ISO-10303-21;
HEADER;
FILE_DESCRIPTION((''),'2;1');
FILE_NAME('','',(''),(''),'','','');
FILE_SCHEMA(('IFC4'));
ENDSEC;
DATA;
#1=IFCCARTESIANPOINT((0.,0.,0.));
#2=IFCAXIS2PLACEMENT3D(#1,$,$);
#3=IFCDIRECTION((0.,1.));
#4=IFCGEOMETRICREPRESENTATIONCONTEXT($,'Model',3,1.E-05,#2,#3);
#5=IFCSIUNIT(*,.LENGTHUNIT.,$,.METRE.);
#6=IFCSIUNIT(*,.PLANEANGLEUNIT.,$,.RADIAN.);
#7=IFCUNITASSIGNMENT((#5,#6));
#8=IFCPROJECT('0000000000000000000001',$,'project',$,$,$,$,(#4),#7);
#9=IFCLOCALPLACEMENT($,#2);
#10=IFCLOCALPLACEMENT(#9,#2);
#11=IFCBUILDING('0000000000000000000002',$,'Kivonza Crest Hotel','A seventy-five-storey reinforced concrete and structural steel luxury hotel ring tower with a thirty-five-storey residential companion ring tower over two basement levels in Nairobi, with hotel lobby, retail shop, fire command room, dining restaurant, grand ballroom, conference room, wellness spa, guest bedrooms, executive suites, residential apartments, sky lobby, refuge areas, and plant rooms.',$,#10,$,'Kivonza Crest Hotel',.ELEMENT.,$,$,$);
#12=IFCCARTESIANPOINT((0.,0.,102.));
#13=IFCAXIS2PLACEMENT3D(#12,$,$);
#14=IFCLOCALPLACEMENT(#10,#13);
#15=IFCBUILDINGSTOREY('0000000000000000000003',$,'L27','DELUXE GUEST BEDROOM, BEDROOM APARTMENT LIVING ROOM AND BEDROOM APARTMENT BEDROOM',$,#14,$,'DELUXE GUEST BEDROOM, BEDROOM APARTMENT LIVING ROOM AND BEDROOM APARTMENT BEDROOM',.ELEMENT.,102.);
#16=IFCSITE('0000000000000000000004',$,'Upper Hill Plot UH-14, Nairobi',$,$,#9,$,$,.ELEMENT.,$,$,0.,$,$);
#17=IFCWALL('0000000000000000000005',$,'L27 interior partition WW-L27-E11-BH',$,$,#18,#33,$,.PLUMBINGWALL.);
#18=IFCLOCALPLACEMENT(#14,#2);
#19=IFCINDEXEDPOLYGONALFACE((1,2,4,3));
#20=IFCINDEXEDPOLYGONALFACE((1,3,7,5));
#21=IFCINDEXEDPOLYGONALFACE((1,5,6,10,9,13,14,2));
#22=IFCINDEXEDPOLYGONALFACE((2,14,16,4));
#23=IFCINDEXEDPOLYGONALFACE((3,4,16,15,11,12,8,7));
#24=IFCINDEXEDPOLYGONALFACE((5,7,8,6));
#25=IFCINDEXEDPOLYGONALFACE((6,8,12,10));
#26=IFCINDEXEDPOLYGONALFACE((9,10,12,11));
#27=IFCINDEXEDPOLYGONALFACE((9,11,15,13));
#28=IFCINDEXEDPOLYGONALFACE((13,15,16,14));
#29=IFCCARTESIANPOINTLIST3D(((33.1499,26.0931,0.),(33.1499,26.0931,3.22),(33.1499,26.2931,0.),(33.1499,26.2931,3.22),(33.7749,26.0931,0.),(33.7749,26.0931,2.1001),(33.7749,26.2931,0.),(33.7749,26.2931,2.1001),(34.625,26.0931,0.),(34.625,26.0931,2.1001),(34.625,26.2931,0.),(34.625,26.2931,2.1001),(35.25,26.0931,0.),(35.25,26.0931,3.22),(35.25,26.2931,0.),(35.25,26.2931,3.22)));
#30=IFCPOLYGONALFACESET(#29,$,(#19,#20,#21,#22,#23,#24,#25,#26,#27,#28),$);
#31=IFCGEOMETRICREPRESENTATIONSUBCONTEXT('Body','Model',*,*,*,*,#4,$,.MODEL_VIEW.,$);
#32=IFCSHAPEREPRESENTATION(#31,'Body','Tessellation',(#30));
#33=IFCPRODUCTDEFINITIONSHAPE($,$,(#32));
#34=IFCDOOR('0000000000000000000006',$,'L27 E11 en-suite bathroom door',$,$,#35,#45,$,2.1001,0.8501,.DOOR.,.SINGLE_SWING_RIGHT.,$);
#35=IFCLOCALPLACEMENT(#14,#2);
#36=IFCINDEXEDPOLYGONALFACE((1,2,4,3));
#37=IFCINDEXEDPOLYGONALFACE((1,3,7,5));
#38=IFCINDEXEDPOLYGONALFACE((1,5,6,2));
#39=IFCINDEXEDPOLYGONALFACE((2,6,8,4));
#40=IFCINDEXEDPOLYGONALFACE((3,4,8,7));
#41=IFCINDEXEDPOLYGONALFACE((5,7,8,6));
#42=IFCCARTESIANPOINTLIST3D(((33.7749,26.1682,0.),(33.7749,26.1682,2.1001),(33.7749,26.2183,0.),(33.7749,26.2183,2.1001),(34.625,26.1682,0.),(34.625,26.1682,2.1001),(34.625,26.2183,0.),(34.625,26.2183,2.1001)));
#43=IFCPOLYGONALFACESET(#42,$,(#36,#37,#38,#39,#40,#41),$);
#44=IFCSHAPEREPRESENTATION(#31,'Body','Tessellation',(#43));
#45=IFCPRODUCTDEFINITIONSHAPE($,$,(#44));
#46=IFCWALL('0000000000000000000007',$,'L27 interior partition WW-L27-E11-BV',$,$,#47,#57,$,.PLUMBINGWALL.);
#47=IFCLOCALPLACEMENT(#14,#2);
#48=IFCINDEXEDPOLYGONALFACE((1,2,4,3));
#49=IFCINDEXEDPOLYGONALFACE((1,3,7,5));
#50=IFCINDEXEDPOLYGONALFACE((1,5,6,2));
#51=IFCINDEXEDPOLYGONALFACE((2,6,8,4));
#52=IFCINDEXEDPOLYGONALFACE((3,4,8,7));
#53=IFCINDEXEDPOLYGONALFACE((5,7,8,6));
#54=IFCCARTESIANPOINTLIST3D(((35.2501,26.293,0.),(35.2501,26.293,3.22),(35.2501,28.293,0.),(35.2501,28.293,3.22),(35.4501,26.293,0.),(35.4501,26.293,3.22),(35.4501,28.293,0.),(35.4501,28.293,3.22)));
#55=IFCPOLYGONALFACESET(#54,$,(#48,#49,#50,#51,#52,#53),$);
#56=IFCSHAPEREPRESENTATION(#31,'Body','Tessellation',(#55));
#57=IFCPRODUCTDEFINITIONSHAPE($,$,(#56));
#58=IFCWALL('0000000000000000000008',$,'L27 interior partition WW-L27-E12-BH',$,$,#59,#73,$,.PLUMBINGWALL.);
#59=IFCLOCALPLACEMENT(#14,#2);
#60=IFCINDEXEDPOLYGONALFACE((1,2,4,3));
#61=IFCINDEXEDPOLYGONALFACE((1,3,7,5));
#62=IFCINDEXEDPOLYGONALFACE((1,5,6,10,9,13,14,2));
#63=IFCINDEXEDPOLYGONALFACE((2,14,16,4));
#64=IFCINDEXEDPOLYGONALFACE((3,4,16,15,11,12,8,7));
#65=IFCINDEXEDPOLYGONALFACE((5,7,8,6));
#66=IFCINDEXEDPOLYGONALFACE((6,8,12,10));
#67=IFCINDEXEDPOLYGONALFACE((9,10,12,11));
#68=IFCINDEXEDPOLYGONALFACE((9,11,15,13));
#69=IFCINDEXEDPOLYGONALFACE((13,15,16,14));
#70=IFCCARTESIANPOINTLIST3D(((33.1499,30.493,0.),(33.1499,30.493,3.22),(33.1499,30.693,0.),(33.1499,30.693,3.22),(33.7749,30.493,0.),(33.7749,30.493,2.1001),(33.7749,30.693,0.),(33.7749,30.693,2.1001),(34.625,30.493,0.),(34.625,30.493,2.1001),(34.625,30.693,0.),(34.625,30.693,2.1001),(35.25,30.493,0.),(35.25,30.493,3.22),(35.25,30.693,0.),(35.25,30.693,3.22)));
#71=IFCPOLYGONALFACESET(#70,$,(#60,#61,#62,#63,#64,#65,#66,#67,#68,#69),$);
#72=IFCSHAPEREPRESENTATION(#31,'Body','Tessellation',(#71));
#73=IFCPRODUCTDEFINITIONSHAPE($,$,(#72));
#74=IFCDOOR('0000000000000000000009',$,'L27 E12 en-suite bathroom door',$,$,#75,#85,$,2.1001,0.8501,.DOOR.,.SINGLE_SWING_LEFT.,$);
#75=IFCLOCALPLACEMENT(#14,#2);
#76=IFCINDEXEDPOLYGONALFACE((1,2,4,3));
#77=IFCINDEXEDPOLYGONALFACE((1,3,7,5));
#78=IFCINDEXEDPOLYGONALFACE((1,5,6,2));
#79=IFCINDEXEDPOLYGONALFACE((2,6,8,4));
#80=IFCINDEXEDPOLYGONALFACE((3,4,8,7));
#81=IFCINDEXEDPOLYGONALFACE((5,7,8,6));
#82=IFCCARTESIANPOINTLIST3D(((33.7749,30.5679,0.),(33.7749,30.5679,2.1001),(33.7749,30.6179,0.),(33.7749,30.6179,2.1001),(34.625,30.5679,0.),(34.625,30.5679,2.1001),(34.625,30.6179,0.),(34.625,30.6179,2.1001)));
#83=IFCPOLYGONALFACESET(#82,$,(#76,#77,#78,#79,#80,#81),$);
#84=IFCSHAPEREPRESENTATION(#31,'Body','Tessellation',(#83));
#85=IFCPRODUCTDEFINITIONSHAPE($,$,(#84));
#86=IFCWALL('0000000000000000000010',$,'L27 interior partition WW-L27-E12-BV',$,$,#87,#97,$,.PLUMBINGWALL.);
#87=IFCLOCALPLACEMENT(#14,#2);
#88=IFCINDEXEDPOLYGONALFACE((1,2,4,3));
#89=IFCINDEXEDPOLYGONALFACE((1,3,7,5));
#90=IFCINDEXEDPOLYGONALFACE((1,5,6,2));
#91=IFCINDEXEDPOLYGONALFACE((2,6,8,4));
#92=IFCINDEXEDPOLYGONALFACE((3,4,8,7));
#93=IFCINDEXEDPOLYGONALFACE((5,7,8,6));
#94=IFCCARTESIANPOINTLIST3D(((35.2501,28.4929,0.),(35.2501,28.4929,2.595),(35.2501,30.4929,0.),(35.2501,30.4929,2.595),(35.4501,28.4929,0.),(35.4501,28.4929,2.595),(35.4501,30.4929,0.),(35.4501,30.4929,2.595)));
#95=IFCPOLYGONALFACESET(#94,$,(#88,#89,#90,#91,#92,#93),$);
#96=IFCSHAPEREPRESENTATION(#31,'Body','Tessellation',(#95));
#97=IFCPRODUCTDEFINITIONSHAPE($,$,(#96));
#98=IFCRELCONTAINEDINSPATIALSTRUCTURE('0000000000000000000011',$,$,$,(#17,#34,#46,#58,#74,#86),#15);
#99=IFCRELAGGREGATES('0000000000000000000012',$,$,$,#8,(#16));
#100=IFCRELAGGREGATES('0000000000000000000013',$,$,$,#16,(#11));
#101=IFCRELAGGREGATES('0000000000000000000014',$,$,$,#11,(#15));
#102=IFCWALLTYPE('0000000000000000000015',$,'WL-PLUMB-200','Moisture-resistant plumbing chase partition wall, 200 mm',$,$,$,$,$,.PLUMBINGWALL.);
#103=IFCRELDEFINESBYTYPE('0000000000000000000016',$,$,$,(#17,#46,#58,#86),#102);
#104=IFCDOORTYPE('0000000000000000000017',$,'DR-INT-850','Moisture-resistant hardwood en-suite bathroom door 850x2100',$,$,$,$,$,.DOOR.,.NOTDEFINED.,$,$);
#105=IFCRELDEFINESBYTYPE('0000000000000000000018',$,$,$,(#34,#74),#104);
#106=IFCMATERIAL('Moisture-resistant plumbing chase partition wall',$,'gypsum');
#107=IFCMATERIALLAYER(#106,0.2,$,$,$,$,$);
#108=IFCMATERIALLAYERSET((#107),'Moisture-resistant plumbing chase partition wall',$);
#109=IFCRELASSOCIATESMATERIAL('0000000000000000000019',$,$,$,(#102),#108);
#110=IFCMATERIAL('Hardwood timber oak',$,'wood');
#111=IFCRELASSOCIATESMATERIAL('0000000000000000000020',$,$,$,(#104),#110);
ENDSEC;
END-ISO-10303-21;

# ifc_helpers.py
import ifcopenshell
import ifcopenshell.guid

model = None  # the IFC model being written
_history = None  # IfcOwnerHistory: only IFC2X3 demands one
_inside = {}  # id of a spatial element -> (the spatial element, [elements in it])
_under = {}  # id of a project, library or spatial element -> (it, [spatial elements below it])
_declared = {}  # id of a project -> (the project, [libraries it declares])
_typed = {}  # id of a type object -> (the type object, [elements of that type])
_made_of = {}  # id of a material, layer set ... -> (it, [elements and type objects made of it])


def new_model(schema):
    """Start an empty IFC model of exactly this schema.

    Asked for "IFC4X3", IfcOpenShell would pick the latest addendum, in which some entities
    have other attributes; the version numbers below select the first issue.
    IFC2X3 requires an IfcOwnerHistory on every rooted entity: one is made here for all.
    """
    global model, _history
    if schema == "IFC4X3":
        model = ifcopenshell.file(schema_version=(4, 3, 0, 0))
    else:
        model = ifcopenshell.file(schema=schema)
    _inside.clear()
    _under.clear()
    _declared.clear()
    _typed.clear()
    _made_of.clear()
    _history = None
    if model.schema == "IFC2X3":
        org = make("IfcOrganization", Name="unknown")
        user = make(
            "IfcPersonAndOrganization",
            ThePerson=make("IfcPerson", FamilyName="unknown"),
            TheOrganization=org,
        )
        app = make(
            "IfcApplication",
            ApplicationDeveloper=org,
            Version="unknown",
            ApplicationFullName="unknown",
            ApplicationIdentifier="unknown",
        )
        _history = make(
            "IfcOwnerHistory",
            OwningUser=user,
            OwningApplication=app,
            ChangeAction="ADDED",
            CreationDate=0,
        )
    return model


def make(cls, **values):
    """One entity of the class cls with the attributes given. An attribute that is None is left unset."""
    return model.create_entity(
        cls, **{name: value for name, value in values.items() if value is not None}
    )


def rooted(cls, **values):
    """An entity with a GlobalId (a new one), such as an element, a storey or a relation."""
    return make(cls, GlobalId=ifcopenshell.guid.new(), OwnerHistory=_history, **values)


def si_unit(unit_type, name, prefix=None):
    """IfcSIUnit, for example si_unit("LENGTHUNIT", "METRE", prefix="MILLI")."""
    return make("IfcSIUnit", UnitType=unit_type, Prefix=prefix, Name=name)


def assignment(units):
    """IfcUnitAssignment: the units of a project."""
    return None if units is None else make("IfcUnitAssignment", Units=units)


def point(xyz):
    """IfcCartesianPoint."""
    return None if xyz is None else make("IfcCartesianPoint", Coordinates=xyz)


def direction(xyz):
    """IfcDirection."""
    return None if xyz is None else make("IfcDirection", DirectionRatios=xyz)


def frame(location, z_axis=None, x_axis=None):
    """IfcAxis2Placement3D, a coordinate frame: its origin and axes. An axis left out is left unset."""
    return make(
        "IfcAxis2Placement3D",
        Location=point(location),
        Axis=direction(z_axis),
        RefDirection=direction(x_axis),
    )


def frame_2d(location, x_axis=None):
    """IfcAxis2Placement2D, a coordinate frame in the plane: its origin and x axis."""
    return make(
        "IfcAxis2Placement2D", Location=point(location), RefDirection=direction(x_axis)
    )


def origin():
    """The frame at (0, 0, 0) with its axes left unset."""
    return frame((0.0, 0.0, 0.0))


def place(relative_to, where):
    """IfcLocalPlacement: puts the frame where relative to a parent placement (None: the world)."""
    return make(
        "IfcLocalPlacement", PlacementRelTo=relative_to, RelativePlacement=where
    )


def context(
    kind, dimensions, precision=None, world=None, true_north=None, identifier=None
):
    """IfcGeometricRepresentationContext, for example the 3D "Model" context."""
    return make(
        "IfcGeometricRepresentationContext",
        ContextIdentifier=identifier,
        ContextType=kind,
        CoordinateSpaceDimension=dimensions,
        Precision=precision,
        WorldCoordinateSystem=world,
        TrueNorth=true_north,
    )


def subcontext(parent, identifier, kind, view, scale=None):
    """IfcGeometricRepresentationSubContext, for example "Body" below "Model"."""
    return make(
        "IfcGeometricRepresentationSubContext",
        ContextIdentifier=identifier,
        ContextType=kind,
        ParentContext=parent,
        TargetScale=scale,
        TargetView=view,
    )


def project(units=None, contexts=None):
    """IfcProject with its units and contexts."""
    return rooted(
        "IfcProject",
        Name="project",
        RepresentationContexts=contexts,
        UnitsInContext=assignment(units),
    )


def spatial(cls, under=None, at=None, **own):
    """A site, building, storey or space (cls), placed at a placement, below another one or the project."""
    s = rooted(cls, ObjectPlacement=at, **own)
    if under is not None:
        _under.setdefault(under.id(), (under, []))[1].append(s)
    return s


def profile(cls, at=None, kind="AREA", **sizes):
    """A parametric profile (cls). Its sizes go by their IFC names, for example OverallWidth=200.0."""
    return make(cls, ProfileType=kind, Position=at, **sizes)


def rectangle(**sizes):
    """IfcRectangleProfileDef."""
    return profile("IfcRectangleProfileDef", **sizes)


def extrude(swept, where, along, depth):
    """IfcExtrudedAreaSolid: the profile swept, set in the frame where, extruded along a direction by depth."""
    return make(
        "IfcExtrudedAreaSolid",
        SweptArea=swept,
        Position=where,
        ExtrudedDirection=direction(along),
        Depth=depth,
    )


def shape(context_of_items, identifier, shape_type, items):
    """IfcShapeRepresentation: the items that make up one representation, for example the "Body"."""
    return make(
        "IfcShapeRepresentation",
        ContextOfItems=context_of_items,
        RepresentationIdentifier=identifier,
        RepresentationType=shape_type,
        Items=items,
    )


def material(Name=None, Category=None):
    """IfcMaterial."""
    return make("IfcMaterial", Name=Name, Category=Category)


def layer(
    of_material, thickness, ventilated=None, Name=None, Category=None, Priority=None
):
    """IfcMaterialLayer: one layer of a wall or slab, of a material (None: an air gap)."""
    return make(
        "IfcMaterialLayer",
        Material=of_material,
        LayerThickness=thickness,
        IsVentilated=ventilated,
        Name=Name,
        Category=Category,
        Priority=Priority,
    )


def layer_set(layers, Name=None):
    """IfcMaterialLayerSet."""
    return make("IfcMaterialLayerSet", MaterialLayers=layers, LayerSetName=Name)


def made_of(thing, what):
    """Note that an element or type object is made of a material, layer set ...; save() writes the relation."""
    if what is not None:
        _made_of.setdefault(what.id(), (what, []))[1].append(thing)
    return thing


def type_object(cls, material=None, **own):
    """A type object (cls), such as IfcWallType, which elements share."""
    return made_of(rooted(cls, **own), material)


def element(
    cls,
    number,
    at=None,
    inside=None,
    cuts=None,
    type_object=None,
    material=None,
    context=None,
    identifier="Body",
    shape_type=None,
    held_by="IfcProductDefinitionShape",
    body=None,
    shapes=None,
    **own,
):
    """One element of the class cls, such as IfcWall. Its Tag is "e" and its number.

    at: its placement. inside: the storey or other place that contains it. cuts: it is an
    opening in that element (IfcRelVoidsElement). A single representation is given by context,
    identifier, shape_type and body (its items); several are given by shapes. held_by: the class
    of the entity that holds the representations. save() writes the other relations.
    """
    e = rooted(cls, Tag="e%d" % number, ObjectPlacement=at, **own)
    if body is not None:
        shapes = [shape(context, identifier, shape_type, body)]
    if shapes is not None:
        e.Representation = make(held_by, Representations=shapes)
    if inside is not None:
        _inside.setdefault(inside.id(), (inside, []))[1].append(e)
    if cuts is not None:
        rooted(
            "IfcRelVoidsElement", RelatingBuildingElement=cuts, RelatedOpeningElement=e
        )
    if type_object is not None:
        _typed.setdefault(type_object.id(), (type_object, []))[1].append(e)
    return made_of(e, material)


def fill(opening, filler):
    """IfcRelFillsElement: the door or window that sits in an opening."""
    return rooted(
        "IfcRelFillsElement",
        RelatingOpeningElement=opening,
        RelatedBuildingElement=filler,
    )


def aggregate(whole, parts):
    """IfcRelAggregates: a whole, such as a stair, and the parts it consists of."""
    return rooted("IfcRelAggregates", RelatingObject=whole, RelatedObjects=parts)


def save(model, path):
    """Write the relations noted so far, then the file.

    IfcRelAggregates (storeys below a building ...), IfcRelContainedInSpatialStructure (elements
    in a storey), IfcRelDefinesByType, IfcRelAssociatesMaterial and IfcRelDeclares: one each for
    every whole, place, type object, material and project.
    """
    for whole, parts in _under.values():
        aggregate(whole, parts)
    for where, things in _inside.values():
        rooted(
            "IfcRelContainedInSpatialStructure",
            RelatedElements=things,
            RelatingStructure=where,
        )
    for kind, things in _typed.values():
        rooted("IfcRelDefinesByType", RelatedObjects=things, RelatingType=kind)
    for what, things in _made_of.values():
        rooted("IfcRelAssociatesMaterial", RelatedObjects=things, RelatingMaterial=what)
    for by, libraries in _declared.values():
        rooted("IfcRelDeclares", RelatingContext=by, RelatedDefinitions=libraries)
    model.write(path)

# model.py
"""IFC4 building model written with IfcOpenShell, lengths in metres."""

from ifc_helpers import new_model, si_unit, direction, frame, frame_2d, origin, place, context, subcontext, project, spatial, rectangle, extrude, material, layer, layer_set, type_object, element, fill, save


model = new_model("IFC4")

# Units and contexts
model_context = context("Model", 3, precision=1e-05, world=origin(), true_north=direction((0.0, 1.0)))
body_context = subcontext(model_context, "Body", "Model", "MODEL_VIEW")
ifc_project = project(units=[si_unit("LENGTHUNIT", "METRE"), si_unit("PLANEANGLEUNIT", "RADIAN")], contexts=[model_context])

# Site, building, storey
site_placement = place(None, origin())
site = spatial("IfcSite", under=ifc_project, at=site_placement, Name="Upper Hill Plot UH-14, Nairobi", CompositionType="ELEMENT", RefElevation=0.0)
building_placement = place(site_placement, origin())
building = spatial("IfcBuilding", under=site, at=building_placement, Name="Kivonza Crest Hotel", Description="A seventy-five-storey reinforced concrete and structural steel luxury hotel ring tower with a thirty-five-storey residential companion ring tower over two basement levels in Nairobi, with hotel lobby, retail shop, fire command room, dining restaurant, grand ballroom, conference room, wellness spa, guest bedrooms, executive suites, residential apartments, sky lobby, refuge areas, and plant rooms.", LongName="Kivonza Crest Hotel", CompositionType="ELEMENT")
storey_placement = place(building_placement, frame((0.0, 0.0, 102.0)))
storey = spatial("IfcBuildingStorey", under=building, at=storey_placement, Name="L27", Description="DELUXE GUEST BEDROOM, BEDROOM APARTMENT LIVING ROOM AND BEDROOM APARTMENT BEDROOM", LongName="DELUXE GUEST BEDROOM, BEDROOM APARTMENT LIVING ROOM AND BEDROOM APARTMENT BEDROOM", CompositionType="ELEMENT", Elevation=102.0)

# Shared definitions
ifc_material_1 = material(Name="Hardwood timber oak", Category="wood")

# Wall, opening, door
ifc_material_2 = material(Name="Moisture-resistant plumbing chase partition wall", Category="gypsum")
ifc_layer_1 = layer(ifc_material_2, 0.2)
ifc_layer_set_1 = layer_set([ifc_layer_1], Name="Moisture-resistant plumbing chase partition wall")
wall_type_1 = type_object("IfcWallType", Name="WL-PLUMB-200", Description="Moisture-resistant plumbing chase partition wall, 200 mm", PredefinedType="PLUMBINGWALL", material=ifc_layer_set_1)
wall_1_placement = place(storey_placement, frame((33.1499, 26.1931, 0.0), z_axis=(0.0, 0.0, 1.0), x_axis=(1.0, 0.0, 0.0)))
wall_1 = element("IfcWall", 1, at=wall_1_placement, inside=storey, type_object=wall_type_1, Name="L27 interior partition WW-L27-E11-BH", PredefinedType="PLUMBINGWALL", context=body_context, shape_type="SweptSolid", body=[
    extrude(rectangle(XDim=2.1001, YDim=0.2, at=frame_2d((1.05, 0.0))), origin(), (0.0, 0.0, 1.0), 3.22),
])
opening_1_placement = place(wall_1_placement, frame((0.625, 0.0, 0.0)))
opening_1 = element("IfcOpeningElement", 2, at=opening_1_placement, cuts=wall_1, PredefinedType="OPENING", context=body_context, shape_type="SweptSolid", body=[
    extrude(rectangle(XDim=0.8501, YDim=2.1001, at=frame_2d((0.425, 1.05))), frame((0.0, 0.1099, 0.0), z_axis=(0.0, -1.0, 0.0), x_axis=(1.0, 0.0, 0.0)), (0.0, 0.0, 1.0), 0.22),
])
door_type_1 = type_object("IfcDoorType", Name="DR-INT-850", Description="Moisture-resistant hardwood en-suite bathroom door 850x2100", OperationType="NOTDEFINED", PredefinedType="DOOR", material=ifc_material_1)
door_1_placement = place(opening_1_placement, frame((0.8501, 0.0, 0.0), z_axis=(0.0, 0.0, 1.0), x_axis=(-1.0, 0.0, 0.0)))
door_1 = element("IfcDoor", 3, at=door_1_placement, inside=storey, type_object=door_type_1, Name="L27 E11 en-suite bathroom door", OperationType="SINGLE_SWING_RIGHT", OverallHeight=2.1001, OverallWidth=0.8501, PredefinedType="DOOR", context=body_context, shape_type="SweptSolid", body=[
    extrude(rectangle(XDim=0.8501, YDim=2.1001, at=frame_2d((0.425, 1.05))), frame((0.0, 0.0249, 0.0), z_axis=(0.0, -1.0, 0.0), x_axis=(1.0, 0.0, 0.0)), (0.0, 0.0, 1.0), 0.05),
])
fill(opening_1, door_1)

# Wall
wall_2_placement = place(storey_placement, frame((35.3501, 26.293, 0.0), z_axis=(0.0, 0.0, 1.0), x_axis=(0.0, 1.0, 0.0)))
element("IfcWall", 4, at=wall_2_placement, inside=storey, type_object=wall_type_1, Name="L27 interior partition WW-L27-E11-BV", PredefinedType="PLUMBINGWALL", context=body_context, shape_type="SweptSolid", body=[
    extrude(rectangle(XDim=2.0, YDim=0.2, at=frame_2d((1.0, 0.0))), origin(), (0.0, 0.0, 1.0), 3.22),
])

# Wall, opening, door
wall_3_placement = place(storey_placement, frame((33.1499, 30.593, 0.0), z_axis=(0.0, 0.0, 1.0), x_axis=(1.0, 0.0, 0.0)))
wall_3 = element("IfcWall", 5, at=wall_3_placement, inside=storey, type_object=wall_type_1, Name="L27 interior partition WW-L27-E12-BH", PredefinedType="PLUMBINGWALL", context=body_context, shape_type="SweptSolid", body=[
    extrude(rectangle(XDim=2.1001, YDim=0.2, at=frame_2d((1.05, 0.0))), origin(), (0.0, 0.0, 1.0), 3.22),
])
opening_2_placement = place(wall_3_placement, frame((0.625, 0.0, 0.0)))
opening_2 = element("IfcOpeningElement", 6, at=opening_2_placement, cuts=wall_3, PredefinedType="OPENING", context=body_context, shape_type="SweptSolid", body=[
    extrude(rectangle(XDim=0.8501, YDim=2.1001, at=frame_2d((0.425, 1.05))), frame((0.0, 0.1099, 0.0), z_axis=(0.0, -1.0, 0.0), x_axis=(1.0, 0.0, 0.0)), (0.0, 0.0, 1.0), 0.22),
])
door_2_placement = place(opening_2_placement, origin())
door_2 = element("IfcDoor", 7, at=door_2_placement, inside=storey, type_object=door_type_1, Name="L27 E12 en-suite bathroom door", OperationType="SINGLE_SWING_LEFT", OverallHeight=2.1001, OverallWidth=0.8501, PredefinedType="DOOR", context=body_context, shape_type="SweptSolid", body=[
    extrude(rectangle(XDim=0.8501, YDim=2.1001, at=frame_2d((0.425, 1.05))), frame((0.0, 0.0249, 0.0), z_axis=(0.0, -1.0, 0.0), x_axis=(1.0, 0.0, 0.0)), (0.0, 0.0, 1.0), 0.05),
])
fill(opening_2, door_2)

# Wall
wall_4_placement = place(storey_placement, frame((35.3501, 28.4929, 0.0), z_axis=(0.0, 0.0, 1.0), x_axis=(0.0, 1.0, 0.0)))
element("IfcWall", 8, at=wall_4_placement, inside=storey, type_object=wall_type_1, Name="L27 interior partition WW-L27-E12-BV", PredefinedType="PLUMBINGWALL", context=body_context, shape_type="SweptSolid", body=[
    extrude(rectangle(XDim=2.0, YDim=0.2, at=frame_2d((1.0, 0.0))), origin(), (0.0, 0.0, 1.0), 2.595),
])

save(model, "model.ifc")
